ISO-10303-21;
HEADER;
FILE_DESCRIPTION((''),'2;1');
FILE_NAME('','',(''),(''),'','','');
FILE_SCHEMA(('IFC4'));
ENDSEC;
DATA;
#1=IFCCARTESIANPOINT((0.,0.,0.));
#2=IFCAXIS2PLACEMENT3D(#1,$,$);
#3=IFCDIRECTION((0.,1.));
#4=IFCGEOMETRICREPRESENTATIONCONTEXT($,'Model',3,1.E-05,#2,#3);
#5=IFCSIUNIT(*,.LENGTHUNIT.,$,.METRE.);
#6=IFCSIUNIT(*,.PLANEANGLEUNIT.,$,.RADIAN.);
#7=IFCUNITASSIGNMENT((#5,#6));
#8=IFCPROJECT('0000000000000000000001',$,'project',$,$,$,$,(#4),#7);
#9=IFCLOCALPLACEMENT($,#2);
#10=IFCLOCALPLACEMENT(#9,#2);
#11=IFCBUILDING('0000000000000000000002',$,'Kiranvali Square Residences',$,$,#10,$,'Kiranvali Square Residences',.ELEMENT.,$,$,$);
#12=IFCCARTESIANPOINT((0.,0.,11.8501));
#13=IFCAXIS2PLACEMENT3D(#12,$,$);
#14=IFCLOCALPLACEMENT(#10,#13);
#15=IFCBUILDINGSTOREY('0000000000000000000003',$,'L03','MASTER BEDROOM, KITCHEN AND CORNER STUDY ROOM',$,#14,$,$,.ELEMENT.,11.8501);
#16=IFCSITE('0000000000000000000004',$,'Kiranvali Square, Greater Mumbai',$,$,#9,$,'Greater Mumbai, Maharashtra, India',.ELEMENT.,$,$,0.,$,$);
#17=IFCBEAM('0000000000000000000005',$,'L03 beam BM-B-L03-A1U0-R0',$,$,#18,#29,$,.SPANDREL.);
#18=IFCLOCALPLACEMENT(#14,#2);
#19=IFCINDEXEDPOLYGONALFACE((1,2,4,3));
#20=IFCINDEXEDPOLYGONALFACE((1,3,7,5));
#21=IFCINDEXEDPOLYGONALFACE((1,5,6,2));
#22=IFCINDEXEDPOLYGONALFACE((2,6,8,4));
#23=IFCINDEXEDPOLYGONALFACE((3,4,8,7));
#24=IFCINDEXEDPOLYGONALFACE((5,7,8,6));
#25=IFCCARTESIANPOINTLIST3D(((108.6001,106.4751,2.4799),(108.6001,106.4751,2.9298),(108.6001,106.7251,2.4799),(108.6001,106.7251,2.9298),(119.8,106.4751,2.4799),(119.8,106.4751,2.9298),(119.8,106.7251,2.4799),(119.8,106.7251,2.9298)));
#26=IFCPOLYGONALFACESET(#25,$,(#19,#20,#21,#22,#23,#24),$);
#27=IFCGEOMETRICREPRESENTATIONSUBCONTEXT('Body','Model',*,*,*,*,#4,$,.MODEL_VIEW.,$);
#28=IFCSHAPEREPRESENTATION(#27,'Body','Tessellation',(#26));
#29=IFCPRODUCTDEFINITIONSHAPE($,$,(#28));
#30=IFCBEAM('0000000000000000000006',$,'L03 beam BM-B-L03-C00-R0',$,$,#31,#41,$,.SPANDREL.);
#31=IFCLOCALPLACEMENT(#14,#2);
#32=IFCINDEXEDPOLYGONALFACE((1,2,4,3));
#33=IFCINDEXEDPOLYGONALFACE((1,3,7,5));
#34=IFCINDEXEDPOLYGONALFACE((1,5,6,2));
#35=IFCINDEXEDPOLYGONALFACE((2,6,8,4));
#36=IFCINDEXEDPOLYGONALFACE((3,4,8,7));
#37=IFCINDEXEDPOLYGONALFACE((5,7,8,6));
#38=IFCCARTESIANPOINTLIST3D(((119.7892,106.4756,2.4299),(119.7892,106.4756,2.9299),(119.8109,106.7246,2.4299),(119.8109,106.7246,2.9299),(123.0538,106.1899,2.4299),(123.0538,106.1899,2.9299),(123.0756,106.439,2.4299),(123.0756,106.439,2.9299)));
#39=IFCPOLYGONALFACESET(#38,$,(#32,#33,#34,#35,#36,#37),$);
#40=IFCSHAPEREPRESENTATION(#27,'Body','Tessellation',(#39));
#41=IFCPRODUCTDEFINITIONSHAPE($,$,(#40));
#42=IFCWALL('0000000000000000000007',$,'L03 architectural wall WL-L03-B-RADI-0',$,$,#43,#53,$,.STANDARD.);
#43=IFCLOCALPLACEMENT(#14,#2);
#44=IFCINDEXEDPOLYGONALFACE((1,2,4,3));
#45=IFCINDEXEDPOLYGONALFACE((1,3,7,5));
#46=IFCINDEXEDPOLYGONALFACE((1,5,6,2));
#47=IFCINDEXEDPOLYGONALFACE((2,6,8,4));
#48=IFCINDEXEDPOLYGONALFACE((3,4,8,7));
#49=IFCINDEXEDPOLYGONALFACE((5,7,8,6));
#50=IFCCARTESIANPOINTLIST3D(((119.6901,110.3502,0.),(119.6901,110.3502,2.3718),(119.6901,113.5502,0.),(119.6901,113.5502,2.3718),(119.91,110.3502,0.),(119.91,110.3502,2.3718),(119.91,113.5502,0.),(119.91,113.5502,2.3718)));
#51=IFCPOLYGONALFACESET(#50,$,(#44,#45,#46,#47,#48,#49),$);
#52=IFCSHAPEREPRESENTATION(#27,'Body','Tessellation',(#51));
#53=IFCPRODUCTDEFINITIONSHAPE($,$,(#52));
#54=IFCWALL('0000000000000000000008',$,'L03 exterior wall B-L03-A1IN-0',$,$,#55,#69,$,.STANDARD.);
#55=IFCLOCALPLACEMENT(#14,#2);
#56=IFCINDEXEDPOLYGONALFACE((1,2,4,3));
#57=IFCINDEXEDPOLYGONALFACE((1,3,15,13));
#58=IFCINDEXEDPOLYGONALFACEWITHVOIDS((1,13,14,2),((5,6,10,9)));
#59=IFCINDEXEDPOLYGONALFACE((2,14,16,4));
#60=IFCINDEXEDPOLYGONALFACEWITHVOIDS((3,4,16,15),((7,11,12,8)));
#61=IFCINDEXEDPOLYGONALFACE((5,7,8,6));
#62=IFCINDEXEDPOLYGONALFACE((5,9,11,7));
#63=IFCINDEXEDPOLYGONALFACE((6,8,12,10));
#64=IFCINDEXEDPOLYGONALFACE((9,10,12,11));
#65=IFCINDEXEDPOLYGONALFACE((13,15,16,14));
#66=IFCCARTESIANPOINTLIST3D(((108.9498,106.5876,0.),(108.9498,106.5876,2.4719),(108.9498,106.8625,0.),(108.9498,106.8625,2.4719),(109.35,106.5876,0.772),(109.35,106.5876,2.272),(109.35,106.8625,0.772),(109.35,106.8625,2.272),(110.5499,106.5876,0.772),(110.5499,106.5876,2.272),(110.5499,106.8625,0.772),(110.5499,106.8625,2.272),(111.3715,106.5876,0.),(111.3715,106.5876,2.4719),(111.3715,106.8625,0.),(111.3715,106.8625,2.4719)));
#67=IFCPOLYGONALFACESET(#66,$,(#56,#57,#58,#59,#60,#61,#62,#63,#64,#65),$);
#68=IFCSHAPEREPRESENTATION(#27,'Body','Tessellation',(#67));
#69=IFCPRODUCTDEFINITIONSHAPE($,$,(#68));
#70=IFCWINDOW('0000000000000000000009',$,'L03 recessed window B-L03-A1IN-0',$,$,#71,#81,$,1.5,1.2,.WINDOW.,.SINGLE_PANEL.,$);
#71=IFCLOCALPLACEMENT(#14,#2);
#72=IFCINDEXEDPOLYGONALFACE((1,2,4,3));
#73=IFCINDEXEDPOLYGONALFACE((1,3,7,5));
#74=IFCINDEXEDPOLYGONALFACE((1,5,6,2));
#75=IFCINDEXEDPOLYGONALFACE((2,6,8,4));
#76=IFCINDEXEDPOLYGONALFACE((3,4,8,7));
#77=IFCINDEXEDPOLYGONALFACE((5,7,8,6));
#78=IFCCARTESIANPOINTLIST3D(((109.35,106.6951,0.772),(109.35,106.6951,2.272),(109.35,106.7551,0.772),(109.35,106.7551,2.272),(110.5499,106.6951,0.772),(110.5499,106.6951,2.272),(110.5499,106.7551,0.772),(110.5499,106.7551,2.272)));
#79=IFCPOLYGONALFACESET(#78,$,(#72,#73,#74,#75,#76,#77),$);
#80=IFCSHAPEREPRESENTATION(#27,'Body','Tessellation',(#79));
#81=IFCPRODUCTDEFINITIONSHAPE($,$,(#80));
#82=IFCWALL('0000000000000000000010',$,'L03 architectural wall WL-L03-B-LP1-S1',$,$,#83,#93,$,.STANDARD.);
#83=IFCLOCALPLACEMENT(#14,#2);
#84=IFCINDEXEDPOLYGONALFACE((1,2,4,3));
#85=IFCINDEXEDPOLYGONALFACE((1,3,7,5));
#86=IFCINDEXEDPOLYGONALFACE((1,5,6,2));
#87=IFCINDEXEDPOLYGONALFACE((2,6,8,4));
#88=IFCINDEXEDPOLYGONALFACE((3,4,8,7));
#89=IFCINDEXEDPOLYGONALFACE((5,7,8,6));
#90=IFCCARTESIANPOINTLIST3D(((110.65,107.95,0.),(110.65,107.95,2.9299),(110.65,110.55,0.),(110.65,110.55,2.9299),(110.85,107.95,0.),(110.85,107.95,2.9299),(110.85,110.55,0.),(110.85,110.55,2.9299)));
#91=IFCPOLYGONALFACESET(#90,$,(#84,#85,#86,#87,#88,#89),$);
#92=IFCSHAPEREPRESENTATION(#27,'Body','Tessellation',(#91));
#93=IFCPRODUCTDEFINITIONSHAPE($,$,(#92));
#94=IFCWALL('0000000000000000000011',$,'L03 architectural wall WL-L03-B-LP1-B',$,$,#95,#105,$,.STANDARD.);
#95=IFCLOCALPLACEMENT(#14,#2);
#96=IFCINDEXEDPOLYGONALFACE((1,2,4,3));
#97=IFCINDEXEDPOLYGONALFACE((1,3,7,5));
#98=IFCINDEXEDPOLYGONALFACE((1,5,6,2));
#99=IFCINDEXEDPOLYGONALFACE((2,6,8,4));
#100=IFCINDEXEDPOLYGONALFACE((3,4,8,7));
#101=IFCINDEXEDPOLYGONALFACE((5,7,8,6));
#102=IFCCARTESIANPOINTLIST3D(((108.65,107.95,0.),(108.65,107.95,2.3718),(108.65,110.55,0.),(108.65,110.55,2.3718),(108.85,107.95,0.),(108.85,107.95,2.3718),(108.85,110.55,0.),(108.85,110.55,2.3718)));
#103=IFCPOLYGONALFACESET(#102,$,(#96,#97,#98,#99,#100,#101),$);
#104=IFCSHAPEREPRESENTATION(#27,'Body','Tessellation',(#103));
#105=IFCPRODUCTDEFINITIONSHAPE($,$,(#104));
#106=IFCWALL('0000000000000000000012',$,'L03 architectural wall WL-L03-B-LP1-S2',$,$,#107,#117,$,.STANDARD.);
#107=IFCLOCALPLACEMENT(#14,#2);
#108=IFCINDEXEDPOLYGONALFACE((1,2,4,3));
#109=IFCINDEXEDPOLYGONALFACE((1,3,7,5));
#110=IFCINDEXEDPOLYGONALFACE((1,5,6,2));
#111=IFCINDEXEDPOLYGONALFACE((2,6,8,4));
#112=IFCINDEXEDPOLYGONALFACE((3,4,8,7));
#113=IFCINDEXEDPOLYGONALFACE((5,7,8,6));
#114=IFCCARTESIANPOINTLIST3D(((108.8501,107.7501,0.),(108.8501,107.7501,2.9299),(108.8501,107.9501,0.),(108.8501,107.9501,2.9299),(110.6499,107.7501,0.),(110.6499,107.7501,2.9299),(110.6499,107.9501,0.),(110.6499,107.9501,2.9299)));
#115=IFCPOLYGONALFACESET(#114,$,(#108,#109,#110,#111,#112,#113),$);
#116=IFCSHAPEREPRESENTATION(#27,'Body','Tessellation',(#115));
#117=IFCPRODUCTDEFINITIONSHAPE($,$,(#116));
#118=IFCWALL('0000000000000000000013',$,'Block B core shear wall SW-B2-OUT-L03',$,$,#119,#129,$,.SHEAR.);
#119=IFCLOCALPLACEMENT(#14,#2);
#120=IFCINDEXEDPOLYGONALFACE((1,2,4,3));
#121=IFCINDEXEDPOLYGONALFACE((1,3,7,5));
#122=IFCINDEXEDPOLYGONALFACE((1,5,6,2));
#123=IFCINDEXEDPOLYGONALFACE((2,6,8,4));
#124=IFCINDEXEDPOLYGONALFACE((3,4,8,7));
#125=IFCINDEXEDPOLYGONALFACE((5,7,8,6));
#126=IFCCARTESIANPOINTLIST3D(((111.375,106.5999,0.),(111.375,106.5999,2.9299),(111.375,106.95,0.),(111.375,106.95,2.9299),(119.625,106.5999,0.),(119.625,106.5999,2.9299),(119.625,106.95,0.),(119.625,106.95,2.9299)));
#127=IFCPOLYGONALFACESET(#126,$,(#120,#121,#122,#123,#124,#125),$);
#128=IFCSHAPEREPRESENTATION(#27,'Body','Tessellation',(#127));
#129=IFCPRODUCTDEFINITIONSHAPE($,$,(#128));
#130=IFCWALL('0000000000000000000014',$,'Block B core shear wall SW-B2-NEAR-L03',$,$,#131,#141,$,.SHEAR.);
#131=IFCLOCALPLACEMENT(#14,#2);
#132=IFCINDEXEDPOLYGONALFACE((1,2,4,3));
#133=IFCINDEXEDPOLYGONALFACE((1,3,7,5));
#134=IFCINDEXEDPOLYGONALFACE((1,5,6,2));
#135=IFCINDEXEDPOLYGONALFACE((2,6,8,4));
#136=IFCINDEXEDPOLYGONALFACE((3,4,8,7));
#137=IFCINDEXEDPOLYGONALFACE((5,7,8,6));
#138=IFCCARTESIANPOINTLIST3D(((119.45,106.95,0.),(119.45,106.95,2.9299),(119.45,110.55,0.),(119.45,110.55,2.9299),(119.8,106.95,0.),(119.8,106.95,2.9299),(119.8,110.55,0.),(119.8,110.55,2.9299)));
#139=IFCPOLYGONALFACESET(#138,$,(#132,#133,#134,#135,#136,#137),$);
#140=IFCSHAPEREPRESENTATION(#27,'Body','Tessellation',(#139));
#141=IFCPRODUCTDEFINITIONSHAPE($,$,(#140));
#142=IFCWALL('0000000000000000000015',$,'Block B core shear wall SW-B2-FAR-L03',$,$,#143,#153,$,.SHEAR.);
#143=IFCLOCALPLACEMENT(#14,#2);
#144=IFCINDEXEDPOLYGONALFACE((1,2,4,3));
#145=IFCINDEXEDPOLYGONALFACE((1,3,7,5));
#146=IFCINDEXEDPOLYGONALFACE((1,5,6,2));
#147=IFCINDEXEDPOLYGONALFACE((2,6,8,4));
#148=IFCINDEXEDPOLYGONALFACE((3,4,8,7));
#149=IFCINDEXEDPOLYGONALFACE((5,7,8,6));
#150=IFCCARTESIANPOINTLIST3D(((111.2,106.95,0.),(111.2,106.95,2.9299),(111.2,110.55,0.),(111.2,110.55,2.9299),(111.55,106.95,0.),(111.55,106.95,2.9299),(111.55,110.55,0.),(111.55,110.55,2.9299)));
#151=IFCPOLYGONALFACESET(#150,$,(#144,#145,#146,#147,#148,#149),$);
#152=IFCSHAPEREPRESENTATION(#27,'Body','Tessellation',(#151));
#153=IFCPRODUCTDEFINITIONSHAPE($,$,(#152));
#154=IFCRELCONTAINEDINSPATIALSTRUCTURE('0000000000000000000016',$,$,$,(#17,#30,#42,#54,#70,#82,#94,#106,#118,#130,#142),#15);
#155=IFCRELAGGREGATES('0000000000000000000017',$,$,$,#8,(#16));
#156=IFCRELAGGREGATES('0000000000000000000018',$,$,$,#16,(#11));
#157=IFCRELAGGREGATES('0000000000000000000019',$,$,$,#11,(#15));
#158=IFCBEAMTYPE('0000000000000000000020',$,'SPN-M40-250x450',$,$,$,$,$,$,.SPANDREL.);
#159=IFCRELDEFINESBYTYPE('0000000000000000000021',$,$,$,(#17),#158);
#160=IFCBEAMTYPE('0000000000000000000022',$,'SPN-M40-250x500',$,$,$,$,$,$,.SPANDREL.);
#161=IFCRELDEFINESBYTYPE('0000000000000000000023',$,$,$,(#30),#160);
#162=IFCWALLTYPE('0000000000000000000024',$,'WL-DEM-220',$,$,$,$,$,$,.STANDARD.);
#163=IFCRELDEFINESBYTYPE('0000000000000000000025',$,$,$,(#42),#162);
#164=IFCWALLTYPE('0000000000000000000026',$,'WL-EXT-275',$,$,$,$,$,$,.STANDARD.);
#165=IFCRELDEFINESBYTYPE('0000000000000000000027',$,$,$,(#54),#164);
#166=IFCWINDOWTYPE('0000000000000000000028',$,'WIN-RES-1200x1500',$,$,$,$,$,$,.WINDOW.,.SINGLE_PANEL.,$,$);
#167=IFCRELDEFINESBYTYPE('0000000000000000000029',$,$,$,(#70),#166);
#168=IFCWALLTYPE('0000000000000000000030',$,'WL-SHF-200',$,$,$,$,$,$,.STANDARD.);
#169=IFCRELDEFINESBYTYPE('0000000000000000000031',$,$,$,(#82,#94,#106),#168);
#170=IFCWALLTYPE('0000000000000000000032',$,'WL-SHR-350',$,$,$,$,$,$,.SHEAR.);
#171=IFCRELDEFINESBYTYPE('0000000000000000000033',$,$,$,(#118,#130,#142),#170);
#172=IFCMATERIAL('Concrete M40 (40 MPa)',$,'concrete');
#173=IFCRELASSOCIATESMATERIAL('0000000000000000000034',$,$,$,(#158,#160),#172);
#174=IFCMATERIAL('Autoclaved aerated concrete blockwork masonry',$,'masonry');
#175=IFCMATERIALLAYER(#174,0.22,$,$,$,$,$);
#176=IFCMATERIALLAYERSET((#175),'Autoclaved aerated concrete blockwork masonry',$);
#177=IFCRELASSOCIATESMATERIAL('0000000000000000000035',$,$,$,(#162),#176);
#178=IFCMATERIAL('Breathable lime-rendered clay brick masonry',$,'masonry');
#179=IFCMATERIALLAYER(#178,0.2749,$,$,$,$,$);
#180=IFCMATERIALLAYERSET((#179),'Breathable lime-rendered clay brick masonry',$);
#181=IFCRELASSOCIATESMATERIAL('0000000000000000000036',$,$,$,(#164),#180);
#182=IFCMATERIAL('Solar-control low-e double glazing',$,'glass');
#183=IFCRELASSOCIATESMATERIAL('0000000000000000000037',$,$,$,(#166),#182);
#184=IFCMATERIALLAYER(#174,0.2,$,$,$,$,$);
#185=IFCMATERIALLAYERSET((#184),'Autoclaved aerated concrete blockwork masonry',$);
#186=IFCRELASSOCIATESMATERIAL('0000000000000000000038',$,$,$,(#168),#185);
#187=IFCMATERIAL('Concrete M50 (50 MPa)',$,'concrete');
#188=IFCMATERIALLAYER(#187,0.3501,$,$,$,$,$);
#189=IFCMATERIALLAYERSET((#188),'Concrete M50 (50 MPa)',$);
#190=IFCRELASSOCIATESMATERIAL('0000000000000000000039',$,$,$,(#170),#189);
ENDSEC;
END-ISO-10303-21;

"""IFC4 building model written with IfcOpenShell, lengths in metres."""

from ifc_helpers import new_model, si_unit, direction, frame, frame_2d, origin, origin_2d, place, context, subcontext, project, spatial, rectangle, extrude, material, layer, layer_set, material_profile, profile_set, type_object, element, fill, save


model = new_model("IFC4")

# Units and contexts
model_context = context("Model", 3, precision=1e-05, world=origin(), true_north=direction((0.0, 1.0)))
body_context = subcontext(model_context, "Body", "Model", "MODEL_VIEW")
ifc_project = project(units=[si_unit("LENGTHUNIT", "METRE"), si_unit("PLANEANGLEUNIT", "RADIAN")], contexts=[model_context])

# Site, building, storey
site_placement = place(None, origin())
site = spatial("IfcSite", under=ifc_project, at=site_placement, Name="Kiranvali Square, Greater Mumbai", LongName="Greater Mumbai, Maharashtra, India", CompositionType="ELEMENT", RefElevation=0.0)
building_placement = place(site_placement, origin())
building = spatial("IfcBuilding", under=site, at=building_placement, Name="Kiranvali Square Residences", LongName="Kiranvali Square Residences", CompositionType="ELEMENT")
storey_placement = place(building_placement, frame((0.0, 0.0, 11.8501)))
storey = spatial("IfcBuildingStorey", under=building, at=storey_placement, Name="L03", Description="MASTER BEDROOM, KITCHEN AND CORNER STUDY ROOM", CompositionType="ELEMENT", Elevation=11.8501)

# Beams
ifc_material_1 = material(Name="Concrete M40 (40 MPa)", Category="concrete")
ifc_material_profile_1 = material_profile(ifc_material_1, rectangle(XDim=0.25, YDim=0.45, at=origin_2d()), Name="RC 250x450")
ifc_profile_set_1 = profile_set([ifc_material_profile_1], Name="Concrete M40 (40 MPa)")
beam_type_1 = type_object("IfcBeamType", Name="SPN-M40-250x450", PredefinedType="SPANDREL", material=ifc_profile_set_1)
beam_1_placement = place(storey_placement, frame((119.8, 106.6001, 2.7048), z_axis=(-1.0, 0.0, 0.0), x_axis=(0.0, -1.0, 0.0)))
element("IfcBeam", 1, at=beam_1_placement, inside=storey, type_object=beam_type_1, Name="L03 beam BM-B-L03-A1U0-R0", PredefinedType="SPANDREL", context=body_context, shape_type="SweptSolid", body=[
    extrude(rectangle(XDim=0.25, YDim=0.45, at=origin_2d()), origin(), (0.0, 0.0, 1.0), 11.2),
])
ifc_material_profile_2 = material_profile(ifc_material_1, rectangle(XDim=0.25, YDim=0.5, at=origin_2d()), Name="RC 250x500")
ifc_profile_set_2 = profile_set([ifc_material_profile_2], Name="Concrete M40 (40 MPa)")
beam_type_2 = type_object("IfcBeamType", Name="SPN-M40-250x500", PredefinedType="SPANDREL", material=ifc_profile_set_2)
beam_2_placement = place(storey_placement, frame((119.8, 106.6001, 2.6799), z_axis=(0.996194, -0.087163, 0.0), x_axis=(0.087163, 0.996194, 0.0)))
element("IfcBeam", 2, at=beam_2_placement, inside=storey, type_object=beam_type_2, Name="L03 beam BM-B-L03-C00-R0", PredefinedType="SPANDREL", context=body_context, shape_type="SweptSolid", body=[
    extrude(rectangle(XDim=0.25, YDim=0.5, at=origin_2d()), origin(), (0.0, 0.0, 1.0), 3.2771),
])

# Wall
ifc_material_2 = material(Name="Autoclaved aerated concrete blockwork masonry", Category="masonry")
ifc_layer_1 = layer(ifc_material_2, 0.22)
ifc_layer_set_1 = layer_set([ifc_layer_1], Name="Autoclaved aerated concrete blockwork masonry")
wall_type_1 = type_object("IfcWallType", Name="WL-DEM-220", PredefinedType="STANDARD", material=ifc_layer_set_1)
wall_1_placement = place(storey_placement, frame((119.8, 110.3501, 0.0), z_axis=(0.0, 0.0, 1.0), x_axis=(0.0, 1.0, 0.0)))
element("IfcWall", 3, at=wall_1_placement, inside=storey, type_object=wall_type_1, Name="L03 architectural wall WL-L03-B-RADI-0", PredefinedType="STANDARD", context=body_context, shape_type="SweptSolid", body=[
    extrude(rectangle(XDim=3.2, YDim=0.22, at=frame_2d((1.6001, 0.0))), origin(), (0.0, 0.0, 1.0), 2.3718),
])

# Wall, opening, window
ifc_material_3 = material(Name="Breathable lime-rendered clay brick masonry", Category="masonry")
ifc_layer_2 = layer(ifc_material_3, 0.2749)
ifc_layer_set_2 = layer_set([ifc_layer_2], Name="Breathable lime-rendered clay brick masonry")
wall_type_2 = type_object("IfcWallType", Name="WL-EXT-275", PredefinedType="STANDARD", material=ifc_layer_set_2)
wall_2_placement = place(storey_placement, frame((111.3716, 106.7251, 0.0), z_axis=(0.0, 0.0, 1.0), x_axis=(-1.0, 0.0, 0.0)))
wall_2 = element("IfcWall", 4, at=wall_2_placement, inside=storey, type_object=wall_type_2, Name="L03 exterior wall B-L03-A1IN-0", PredefinedType="STANDARD", context=body_context, shape_type="SweptSolid", body=[
    extrude(rectangle(XDim=2.4216, YDim=0.2749, at=frame_2d((1.2109, 0.0))), origin(), (0.0, 0.0, 1.0), 2.4719),
])
opening_1_placement = place(wall_2_placement, frame((0.8215, 0.0, 0.772)))
opening_1 = element("IfcOpeningElement", 5, at=opening_1_placement, cuts=wall_2, PredefinedType="OPENING", context=body_context, shape_type="SweptSolid", body=[
    extrude(rectangle(XDim=1.2, YDim=1.5, at=frame_2d((0.6001, 0.75))), frame((0.0, 0.1475, 0.0), z_axis=(0.0, -1.0, 0.0), x_axis=(1.0, 0.0, 0.0)), (0.0, 0.0, 1.0), 0.2949),
])
ifc_material_4 = material(Name="Solar-control low-e double glazing", Category="glass")
window_type = type_object("IfcWindowType", Name="WIN-RES-1200x1500", PartitioningType="SINGLE_PANEL", PredefinedType="WINDOW", material=ifc_material_4)
window_placement = place(opening_1_placement, origin())
window = element("IfcWindow", 6, at=window_placement, inside=storey, type_object=window_type, Name="L03 recessed window B-L03-A1IN-0", OverallHeight=1.5, OverallWidth=1.2, PartitioningType="SINGLE_PANEL", PredefinedType="WINDOW", context=body_context, shape_type="SweptSolid", body=[
    extrude(rectangle(XDim=1.2, YDim=1.5, at=frame_2d((0.6001, 0.75))), frame((0.0, 0.03, 0.0), z_axis=(0.0, -1.0, 0.0), x_axis=(1.0, 0.0, 0.0)), (0.0, 0.0, 1.0), 0.0601),
])
fill(opening_1, window)

# Walls
ifc_layer_3 = layer(ifc_material_2, 0.2)
ifc_layer_set_3 = layer_set([ifc_layer_3], Name="Autoclaved aerated concrete blockwork masonry")
wall_type_3 = type_object("IfcWallType", Name="WL-SHF-200", PredefinedType="STANDARD", material=ifc_layer_set_3)
wall_3_placement = place(storey_placement, frame((110.75, 107.95, 0.0), z_axis=(0.0, 0.0, 1.0), x_axis=(0.0, 1.0, 0.0)))
element("IfcWall", 7, at=wall_3_placement, inside=storey, type_object=wall_type_3, Name="L03 architectural wall WL-L03-B-LP1-S1", PredefinedType="STANDARD", context=body_context, shape_type="SweptSolid", body=[
    extrude(rectangle(XDim=2.6001, YDim=0.2, at=frame_2d((1.3, 0.0))), origin(), (0.0, 0.0, 1.0), 2.9299),
])
wall_4_placement = place(storey_placement, frame((108.75, 107.95, 0.0), z_axis=(0.0, 0.0, 1.0), x_axis=(0.0, 1.0, 0.0)))
element("IfcWall", 8, at=wall_4_placement, inside=storey, type_object=wall_type_3, Name="L03 architectural wall WL-L03-B-LP1-B", PredefinedType="STANDARD", context=body_context, shape_type="SweptSolid", body=[
    extrude(rectangle(XDim=2.6001, YDim=0.2, at=frame_2d((1.3, 0.0))), origin(), (0.0, 0.0, 1.0), 2.3718),
])
wall_5_placement = place(storey_placement, frame((110.6499, 107.8501, 0.0), z_axis=(0.0, 0.0, 1.0), x_axis=(-1.0, 0.0, 0.0)))
element("IfcWall", 9, at=wall_5_placement, inside=storey, type_object=wall_type_3, Name="L03 architectural wall WL-L03-B-LP1-S2", PredefinedType="STANDARD", context=body_context, shape_type="SweptSolid", body=[
    extrude(rectangle(XDim=1.7998, YDim=0.2, at=frame_2d((0.8999, 0.0))), origin(), (0.0, 0.0, 1.0), 2.9299),
])
ifc_material_5 = material(Name="Concrete M50 (50 MPa)", Category="concrete")
ifc_layer_4 = layer(ifc_material_5, 0.3501)
ifc_layer_set_4 = layer_set([ifc_layer_4], Name="Concrete M50 (50 MPa)")
wall_type_4 = type_object("IfcWallType", Name="WL-SHR-350", PredefinedType="SHEAR", material=ifc_layer_set_4)
wall_6_placement = place(storey_placement, frame((119.625, 106.7749, 0.0), z_axis=(0.0, 0.0, 1.0), x_axis=(-1.0, 0.0, 0.0)))
element("IfcWall", 10, at=wall_6_placement, inside=storey, type_object=wall_type_4, Name="Block B core shear wall SW-B2-OUT-L03", PredefinedType="SHEAR", context=body_context, shape_type="SweptSolid", body=[
    extrude(rectangle(XDim=8.25, YDim=0.3501, at=frame_2d((4.125, 0.0))), origin(), (0.0, 0.0, 1.0), 2.9299),
])

# Walls
for number, where, z_axis, x_axis, name in (
    (11, (119.625, 106.95, 0.0), (0.0, 0.0, 1.0), (0.0, 1.0, 0.0), "Block B core shear wall SW-B2-NEAR-L03"),
    (12, (111.375, 106.95, 0.0), (0.0, 0.0, 1.0), (0.0, 1.0, 0.0), "Block B core shear wall SW-B2-FAR-L03"),
):
    element("IfcWall", number, at=place(storey_placement, frame(where, z_axis=z_axis, x_axis=x_axis)), inside=storey, type_object=wall_type_4, Name=name, PredefinedType="SHEAR", context=body_context, shape_type="SweptSolid", body=[
        extrude(rectangle(XDim=3.6001, YDim=0.3501, at=frame_2d((1.8, 0.0))), origin(), (0.0, 0.0, 1.0), 2.9299),
    ])

save(model, "model.ifc")
